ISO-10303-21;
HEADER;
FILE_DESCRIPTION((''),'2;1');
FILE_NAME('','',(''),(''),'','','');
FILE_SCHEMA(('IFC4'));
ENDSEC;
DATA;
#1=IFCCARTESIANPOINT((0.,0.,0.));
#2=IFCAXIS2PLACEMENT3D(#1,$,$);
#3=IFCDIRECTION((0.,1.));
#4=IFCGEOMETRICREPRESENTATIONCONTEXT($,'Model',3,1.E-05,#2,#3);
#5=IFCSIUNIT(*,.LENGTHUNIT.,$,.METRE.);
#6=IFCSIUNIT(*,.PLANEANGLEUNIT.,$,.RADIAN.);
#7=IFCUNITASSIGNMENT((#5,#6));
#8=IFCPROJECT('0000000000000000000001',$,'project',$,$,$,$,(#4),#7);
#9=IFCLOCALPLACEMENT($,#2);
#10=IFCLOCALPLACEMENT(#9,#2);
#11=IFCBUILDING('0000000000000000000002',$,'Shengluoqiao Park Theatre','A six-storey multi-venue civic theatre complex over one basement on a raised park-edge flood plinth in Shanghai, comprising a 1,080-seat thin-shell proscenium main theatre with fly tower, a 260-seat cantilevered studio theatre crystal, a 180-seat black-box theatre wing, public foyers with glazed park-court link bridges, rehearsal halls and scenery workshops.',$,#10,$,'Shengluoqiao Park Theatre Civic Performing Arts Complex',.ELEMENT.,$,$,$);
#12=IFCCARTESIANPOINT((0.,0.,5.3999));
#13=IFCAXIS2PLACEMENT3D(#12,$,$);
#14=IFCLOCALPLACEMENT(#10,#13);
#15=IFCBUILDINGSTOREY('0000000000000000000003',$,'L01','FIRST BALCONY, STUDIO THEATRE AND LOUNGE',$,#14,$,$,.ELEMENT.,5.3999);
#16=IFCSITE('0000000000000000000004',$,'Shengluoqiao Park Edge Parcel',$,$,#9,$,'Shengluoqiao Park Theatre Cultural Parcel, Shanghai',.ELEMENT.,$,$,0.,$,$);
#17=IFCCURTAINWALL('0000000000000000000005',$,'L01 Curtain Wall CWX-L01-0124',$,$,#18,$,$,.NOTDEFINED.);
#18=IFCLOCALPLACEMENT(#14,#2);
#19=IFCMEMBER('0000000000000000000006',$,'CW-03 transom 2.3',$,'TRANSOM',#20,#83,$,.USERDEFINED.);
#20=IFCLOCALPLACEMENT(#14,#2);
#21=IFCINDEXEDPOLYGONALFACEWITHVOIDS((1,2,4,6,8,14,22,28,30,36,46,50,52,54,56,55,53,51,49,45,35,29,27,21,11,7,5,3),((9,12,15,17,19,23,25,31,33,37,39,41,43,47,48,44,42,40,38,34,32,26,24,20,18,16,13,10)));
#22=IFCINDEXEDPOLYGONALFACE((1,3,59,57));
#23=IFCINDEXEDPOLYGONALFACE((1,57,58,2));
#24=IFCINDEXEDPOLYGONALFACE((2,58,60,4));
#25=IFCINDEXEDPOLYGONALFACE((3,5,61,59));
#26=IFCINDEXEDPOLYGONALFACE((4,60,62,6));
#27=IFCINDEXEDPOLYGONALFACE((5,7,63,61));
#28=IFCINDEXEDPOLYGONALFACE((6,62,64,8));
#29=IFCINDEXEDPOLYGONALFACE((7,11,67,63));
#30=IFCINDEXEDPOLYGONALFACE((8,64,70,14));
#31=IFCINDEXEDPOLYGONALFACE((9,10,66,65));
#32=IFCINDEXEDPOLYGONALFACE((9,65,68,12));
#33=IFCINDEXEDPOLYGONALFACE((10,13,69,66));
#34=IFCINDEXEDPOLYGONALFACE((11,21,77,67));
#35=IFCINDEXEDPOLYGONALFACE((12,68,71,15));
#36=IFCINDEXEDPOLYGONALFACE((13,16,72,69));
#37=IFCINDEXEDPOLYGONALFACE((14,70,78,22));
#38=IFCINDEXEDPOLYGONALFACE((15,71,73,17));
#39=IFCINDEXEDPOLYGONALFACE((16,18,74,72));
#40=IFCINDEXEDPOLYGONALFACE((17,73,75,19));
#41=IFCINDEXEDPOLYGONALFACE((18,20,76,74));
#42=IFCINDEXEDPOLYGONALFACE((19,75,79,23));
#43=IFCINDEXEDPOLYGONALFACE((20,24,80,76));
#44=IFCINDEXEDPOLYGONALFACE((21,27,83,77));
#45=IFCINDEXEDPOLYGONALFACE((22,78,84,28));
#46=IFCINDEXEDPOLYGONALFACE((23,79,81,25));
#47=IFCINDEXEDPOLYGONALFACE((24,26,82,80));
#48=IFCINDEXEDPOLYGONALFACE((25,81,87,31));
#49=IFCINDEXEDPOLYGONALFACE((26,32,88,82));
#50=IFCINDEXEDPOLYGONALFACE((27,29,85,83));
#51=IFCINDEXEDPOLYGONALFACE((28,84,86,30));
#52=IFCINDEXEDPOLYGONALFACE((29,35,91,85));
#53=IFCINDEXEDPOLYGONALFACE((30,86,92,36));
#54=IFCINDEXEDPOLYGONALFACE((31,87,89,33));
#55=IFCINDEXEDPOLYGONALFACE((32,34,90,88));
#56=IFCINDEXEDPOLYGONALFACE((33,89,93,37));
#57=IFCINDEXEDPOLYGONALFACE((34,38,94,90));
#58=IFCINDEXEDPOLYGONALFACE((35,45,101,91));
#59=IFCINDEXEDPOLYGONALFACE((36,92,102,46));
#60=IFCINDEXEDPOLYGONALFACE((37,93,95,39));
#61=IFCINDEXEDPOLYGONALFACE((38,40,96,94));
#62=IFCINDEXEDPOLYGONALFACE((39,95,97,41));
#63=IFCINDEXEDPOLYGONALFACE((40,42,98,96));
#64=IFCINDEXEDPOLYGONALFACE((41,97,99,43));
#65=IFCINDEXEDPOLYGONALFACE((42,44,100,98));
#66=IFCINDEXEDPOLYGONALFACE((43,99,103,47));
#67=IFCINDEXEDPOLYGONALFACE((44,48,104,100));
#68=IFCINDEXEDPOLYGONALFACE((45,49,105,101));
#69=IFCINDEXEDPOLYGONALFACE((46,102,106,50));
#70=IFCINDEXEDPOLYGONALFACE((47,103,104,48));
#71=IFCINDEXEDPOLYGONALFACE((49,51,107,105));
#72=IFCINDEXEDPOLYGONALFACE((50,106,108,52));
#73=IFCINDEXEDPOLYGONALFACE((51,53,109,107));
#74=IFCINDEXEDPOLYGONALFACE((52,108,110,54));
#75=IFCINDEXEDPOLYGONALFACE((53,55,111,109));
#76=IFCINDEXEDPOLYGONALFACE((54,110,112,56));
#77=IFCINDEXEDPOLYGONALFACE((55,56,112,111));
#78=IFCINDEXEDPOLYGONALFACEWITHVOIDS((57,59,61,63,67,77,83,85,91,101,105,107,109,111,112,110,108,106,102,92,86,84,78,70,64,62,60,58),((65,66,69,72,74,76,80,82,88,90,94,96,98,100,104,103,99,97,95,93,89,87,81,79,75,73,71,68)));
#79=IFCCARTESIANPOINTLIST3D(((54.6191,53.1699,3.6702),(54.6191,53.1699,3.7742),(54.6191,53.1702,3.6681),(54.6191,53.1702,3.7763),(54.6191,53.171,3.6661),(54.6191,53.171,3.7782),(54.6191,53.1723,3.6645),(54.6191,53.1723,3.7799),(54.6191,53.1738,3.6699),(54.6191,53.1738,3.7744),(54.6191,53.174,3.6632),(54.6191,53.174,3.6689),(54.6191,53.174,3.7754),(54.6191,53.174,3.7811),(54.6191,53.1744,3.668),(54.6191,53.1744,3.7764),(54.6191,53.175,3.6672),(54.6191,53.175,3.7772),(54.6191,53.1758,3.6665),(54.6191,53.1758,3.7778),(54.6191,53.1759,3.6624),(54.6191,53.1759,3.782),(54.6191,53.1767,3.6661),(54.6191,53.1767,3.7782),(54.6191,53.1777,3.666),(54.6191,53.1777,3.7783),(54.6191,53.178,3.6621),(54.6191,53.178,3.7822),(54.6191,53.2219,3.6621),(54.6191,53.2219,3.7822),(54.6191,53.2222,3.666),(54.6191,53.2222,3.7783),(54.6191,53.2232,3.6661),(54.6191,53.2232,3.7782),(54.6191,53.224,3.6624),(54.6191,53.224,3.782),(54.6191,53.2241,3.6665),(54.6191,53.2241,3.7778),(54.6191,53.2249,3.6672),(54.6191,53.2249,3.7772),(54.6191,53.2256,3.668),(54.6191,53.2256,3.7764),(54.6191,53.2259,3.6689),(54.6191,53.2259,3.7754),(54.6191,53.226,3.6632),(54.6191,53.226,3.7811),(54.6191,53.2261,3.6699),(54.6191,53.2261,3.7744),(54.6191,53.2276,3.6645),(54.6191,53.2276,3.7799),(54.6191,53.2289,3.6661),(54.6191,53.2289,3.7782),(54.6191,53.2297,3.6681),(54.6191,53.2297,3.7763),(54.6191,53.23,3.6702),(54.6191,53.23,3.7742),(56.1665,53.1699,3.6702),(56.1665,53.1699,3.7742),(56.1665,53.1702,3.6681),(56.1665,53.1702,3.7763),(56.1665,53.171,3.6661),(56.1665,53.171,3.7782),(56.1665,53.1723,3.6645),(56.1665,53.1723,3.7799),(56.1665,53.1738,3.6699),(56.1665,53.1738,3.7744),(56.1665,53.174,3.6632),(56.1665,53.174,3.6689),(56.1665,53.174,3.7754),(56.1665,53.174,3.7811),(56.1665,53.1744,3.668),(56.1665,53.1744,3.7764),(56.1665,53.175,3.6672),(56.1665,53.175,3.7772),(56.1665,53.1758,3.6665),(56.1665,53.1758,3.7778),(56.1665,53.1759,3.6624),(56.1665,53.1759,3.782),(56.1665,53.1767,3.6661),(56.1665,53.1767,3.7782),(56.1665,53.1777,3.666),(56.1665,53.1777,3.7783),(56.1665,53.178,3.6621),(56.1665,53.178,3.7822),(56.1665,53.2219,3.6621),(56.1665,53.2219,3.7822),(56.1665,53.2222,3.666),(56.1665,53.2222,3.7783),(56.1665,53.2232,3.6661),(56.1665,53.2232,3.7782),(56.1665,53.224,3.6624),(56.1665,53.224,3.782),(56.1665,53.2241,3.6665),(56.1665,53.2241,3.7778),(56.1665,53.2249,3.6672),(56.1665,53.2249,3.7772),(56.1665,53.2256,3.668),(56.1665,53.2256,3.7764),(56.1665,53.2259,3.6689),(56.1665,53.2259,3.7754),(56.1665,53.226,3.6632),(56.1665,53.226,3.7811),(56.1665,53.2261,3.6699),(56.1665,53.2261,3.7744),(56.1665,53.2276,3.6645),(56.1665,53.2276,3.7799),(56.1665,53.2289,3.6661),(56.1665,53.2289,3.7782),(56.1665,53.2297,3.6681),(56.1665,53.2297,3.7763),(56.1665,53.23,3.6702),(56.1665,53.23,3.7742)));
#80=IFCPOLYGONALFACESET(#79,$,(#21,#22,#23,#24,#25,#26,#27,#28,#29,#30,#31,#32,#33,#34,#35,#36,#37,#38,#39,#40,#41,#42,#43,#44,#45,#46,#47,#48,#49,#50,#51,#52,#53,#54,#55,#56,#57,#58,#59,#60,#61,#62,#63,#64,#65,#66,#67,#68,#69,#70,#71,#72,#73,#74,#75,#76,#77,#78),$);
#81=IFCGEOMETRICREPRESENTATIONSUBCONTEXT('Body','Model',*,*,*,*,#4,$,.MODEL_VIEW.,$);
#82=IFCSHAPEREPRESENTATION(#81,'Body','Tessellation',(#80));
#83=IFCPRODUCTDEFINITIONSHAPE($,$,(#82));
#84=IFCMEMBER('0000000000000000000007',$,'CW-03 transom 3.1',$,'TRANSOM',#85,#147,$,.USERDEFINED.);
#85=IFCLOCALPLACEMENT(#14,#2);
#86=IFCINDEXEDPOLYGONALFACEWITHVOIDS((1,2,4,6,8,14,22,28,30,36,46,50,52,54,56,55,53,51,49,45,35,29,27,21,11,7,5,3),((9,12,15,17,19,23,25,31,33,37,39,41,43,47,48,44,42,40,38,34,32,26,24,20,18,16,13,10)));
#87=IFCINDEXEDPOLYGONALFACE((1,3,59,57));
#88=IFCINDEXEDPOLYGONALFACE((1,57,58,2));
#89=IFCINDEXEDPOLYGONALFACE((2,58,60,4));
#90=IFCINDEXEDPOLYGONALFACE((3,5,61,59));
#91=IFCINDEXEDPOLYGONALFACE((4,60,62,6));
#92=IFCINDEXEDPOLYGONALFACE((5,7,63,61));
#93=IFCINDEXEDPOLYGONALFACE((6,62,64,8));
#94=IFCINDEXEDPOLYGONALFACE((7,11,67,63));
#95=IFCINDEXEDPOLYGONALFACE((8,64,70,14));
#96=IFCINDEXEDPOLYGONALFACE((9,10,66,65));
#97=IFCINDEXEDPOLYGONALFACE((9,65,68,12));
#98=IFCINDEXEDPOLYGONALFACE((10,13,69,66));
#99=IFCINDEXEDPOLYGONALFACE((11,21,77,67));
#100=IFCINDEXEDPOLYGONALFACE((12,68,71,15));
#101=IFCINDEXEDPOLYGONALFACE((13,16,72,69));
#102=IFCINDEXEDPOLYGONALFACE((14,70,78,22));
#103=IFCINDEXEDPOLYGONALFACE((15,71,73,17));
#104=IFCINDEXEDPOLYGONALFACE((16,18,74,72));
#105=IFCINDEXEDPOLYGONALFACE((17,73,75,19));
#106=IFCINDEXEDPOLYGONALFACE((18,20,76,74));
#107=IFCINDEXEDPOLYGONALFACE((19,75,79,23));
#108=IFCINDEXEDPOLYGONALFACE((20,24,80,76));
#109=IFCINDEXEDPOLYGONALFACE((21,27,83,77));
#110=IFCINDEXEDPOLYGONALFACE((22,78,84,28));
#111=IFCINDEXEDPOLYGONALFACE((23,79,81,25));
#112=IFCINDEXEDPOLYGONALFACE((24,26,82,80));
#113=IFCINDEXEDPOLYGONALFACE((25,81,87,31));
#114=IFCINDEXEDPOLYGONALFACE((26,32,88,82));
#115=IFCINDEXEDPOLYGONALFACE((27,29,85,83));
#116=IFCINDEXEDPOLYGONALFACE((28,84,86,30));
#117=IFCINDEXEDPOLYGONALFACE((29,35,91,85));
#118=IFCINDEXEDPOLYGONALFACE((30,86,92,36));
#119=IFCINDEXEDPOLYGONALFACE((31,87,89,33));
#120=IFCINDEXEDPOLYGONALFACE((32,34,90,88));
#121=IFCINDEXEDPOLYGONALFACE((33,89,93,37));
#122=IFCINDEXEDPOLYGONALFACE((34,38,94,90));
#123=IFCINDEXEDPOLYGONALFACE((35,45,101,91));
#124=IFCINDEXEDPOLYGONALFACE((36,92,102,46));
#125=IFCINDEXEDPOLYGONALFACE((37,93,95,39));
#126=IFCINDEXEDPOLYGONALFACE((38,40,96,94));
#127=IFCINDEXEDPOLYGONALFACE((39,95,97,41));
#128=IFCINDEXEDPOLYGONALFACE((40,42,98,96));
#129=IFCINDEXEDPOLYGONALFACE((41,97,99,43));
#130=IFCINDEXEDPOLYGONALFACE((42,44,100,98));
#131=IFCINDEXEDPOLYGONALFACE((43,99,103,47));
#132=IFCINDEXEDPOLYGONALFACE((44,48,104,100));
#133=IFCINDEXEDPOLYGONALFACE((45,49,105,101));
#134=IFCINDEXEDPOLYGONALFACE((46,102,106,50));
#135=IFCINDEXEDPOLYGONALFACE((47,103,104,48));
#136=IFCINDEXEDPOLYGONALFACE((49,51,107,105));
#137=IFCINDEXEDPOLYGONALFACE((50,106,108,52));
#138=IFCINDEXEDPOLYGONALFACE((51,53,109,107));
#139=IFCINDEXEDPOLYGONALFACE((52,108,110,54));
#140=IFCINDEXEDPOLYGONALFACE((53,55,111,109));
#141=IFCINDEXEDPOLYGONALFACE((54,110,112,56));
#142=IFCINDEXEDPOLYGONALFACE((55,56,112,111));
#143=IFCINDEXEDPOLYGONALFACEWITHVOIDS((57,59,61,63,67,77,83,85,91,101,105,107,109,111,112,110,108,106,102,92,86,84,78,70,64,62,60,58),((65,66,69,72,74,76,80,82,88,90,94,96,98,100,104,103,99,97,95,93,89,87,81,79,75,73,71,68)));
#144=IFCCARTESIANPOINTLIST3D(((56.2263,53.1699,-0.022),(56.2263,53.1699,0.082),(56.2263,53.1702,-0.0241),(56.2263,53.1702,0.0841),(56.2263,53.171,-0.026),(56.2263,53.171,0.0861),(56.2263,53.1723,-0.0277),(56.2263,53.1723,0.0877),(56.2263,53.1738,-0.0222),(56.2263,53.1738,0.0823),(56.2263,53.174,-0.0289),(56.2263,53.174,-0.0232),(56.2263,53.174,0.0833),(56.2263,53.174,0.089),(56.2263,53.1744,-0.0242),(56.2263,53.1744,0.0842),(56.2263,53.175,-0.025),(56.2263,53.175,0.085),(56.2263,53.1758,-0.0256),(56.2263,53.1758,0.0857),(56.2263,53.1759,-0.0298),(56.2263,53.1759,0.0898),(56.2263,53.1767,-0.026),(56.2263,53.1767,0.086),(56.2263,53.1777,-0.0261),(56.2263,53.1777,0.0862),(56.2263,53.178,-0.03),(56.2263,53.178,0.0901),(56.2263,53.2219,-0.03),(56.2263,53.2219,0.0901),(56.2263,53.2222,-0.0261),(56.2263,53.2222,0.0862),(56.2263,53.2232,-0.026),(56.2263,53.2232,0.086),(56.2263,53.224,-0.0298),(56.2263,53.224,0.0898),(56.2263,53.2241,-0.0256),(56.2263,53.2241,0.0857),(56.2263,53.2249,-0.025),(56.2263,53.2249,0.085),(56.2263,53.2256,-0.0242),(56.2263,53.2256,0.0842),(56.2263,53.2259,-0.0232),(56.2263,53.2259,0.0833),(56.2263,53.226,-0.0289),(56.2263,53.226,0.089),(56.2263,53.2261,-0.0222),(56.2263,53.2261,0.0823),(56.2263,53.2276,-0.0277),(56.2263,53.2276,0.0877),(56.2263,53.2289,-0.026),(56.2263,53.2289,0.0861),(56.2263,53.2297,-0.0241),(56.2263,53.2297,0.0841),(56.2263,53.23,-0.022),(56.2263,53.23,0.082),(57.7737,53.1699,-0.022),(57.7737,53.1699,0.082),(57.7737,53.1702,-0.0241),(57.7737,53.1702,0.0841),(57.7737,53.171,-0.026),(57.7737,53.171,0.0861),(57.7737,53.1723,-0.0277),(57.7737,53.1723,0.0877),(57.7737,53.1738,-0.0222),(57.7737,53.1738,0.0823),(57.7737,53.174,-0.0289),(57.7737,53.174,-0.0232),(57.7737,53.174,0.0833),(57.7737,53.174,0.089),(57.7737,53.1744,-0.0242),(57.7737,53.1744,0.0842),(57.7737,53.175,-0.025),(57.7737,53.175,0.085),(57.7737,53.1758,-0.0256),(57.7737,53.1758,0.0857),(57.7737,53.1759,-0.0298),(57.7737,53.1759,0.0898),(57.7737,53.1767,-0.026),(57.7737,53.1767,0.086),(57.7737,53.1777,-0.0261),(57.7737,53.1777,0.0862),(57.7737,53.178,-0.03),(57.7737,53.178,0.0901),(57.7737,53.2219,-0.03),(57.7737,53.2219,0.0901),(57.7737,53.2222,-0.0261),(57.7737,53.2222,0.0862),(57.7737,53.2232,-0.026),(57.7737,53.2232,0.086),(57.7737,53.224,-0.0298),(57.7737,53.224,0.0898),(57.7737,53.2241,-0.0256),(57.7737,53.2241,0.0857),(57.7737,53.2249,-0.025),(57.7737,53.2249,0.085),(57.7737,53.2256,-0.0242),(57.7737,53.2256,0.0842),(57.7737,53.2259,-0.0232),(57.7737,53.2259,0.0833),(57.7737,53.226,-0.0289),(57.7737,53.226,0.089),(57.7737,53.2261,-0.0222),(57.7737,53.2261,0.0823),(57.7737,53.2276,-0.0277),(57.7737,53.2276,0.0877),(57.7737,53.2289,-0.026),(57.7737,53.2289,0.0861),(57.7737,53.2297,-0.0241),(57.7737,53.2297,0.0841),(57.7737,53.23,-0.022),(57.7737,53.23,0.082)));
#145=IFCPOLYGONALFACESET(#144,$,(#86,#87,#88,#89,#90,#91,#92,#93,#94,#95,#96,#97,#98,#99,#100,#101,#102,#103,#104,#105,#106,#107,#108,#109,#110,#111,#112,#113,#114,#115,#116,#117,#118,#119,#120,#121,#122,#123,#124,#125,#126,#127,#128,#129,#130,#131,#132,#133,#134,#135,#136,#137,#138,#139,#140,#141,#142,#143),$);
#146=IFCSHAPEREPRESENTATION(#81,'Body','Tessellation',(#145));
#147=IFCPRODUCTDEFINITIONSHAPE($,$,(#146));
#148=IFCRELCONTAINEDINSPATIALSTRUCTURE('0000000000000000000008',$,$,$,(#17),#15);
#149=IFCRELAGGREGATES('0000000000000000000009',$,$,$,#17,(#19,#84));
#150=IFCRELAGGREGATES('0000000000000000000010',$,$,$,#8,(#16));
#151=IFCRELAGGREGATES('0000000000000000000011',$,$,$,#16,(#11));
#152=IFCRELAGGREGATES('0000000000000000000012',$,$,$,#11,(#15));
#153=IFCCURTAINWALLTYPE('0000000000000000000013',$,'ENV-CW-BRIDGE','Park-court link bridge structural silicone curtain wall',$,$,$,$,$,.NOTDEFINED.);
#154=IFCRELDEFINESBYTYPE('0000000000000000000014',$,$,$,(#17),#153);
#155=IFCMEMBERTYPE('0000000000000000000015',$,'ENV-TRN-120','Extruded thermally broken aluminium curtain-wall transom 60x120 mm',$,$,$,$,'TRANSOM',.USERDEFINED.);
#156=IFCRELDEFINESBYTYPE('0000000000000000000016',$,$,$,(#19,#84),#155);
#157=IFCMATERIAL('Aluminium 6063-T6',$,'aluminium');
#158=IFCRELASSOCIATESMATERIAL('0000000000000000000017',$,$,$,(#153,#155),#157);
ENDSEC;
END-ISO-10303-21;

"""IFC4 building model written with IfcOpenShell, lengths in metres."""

from ifc_helpers import new_model, si_unit, direction, frame, origin, origin_2d, place, context, subcontext, project, spatial, hollow_rectangle, extrude, material, material_profile, profile_set, type_object, element, aggregate, save


model = new_model("IFC4")

# Units and contexts
model_context = context("Model", 3, precision=1e-05, world=origin(), true_north=direction((0.0, 1.0)))
body_context = subcontext(model_context, "Body", "Model", "MODEL_VIEW")
ifc_project = project(units=[si_unit("LENGTHUNIT", "METRE"), si_unit("PLANEANGLEUNIT", "RADIAN")], contexts=[model_context])

# Site, building, storey
site_placement = place(None, origin())
site = spatial("IfcSite", under=ifc_project, at=site_placement, Name="Shengluoqiao Park Edge Parcel", LongName="Shengluoqiao Park Theatre Cultural Parcel, Shanghai", CompositionType="ELEMENT", RefElevation=0.0)
building_placement = place(site_placement, origin())
building = spatial("IfcBuilding", under=site, at=building_placement, Name="Shengluoqiao Park Theatre", Description="A six-storey multi-venue civic theatre complex over one basement on a raised park-edge flood plinth in Shanghai, comprising a 1,080-seat thin-shell proscenium main theatre with fly tower, a 260-seat cantilevered studio theatre crystal, a 180-seat black-box theatre wing, public foyers with glazed park-court link bridges, rehearsal halls and scenery workshops.", LongName="Shengluoqiao Park Theatre Civic Performing Arts Complex", CompositionType="ELEMENT")
storey_placement = place(building_placement, frame((0.0, 0.0, 5.3999)))
storey = spatial("IfcBuildingStorey", under=building, at=storey_placement, Name="L01", Description="FIRST BALCONY, STUDIO THEATRE AND LOUNGE", CompositionType="ELEMENT", Elevation=5.3999)

# Shared definitions
ifc_material_1 = material(Name="Aluminium 6063-T6", Category="aluminium")
curtain_wall_type = type_object("IfcCurtainWallType", Name="ENV-CW-BRIDGE", Description="Park-court link bridge structural silicone curtain wall", PredefinedType="NOTDEFINED", material=ifc_material_1)

# Curtain wall, members
curtain_wall_1_placement = place(storey_placement, origin())
curtain_wall_1 = element("IfcCurtainWall", 1, at=curtain_wall_1_placement, inside=storey, type_object=curtain_wall_type, Name="L01 Curtain Wall CWX-L01-0124", PredefinedType="NOTDEFINED")
ifc_material_profile_1 = material_profile(ifc_material_1, hollow_rectangle(XDim=0.0601, YDim=0.1201, WallThickness=0.0039, InnerFilletRadius=0.0039, OuterFilletRadius=0.0081, at=origin_2d()), Name="ALU TRANSOM 120x60x4")
ifc_profile_set_1 = profile_set([ifc_material_profile_1], Name="Aluminium 6063-T6")
member_type_1 = type_object("IfcMemberType", Name="ENV-TRN-120", Description="Extruded thermally broken aluminium curtain-wall transom 60x120 mm", ElementType="TRANSOM", PredefinedType="USERDEFINED", material=ifc_profile_set_1)
member_1_placement = place(storey_placement, frame((54.6191, 53.2, 3.7222), z_axis=(1.0, 0.0, 0.0), x_axis=(0.0, 1.0, 0.0)))
member_1 = element("IfcMember", 2, at=member_1_placement, type_object=member_type_1, Name="CW-03 transom 2.3", ObjectType="TRANSOM", PredefinedType="USERDEFINED", context=body_context, shape_type="SweptSolid", body=[
    extrude(hollow_rectangle(XDim=0.0601, YDim=0.1201, WallThickness=0.0039, InnerFilletRadius=0.0039, OuterFilletRadius=0.0081, at=origin_2d()), origin(), (0.0, 0.0, 1.0), 1.5474),
])
member_2_placement = place(storey_placement, frame((56.2263, 53.2, 0.03), z_axis=(1.0, 0.0, 0.0), x_axis=(0.0, 1.0, 0.0)))
member_2 = element("IfcMember", 3, at=member_2_placement, type_object=member_type_1, Name="CW-03 transom 3.1", ObjectType="TRANSOM", PredefinedType="USERDEFINED", context=body_context, shape_type="SweptSolid", body=[
    extrude(hollow_rectangle(XDim=0.0601, YDim=0.1201, WallThickness=0.0039, InnerFilletRadius=0.0039, OuterFilletRadius=0.0081, at=origin_2d()), origin(), (0.0, 0.0, 1.0), 1.5474),
])

aggregate(curtain_wall_1, [member_1, member_2])

save(model, "model.ifc")
